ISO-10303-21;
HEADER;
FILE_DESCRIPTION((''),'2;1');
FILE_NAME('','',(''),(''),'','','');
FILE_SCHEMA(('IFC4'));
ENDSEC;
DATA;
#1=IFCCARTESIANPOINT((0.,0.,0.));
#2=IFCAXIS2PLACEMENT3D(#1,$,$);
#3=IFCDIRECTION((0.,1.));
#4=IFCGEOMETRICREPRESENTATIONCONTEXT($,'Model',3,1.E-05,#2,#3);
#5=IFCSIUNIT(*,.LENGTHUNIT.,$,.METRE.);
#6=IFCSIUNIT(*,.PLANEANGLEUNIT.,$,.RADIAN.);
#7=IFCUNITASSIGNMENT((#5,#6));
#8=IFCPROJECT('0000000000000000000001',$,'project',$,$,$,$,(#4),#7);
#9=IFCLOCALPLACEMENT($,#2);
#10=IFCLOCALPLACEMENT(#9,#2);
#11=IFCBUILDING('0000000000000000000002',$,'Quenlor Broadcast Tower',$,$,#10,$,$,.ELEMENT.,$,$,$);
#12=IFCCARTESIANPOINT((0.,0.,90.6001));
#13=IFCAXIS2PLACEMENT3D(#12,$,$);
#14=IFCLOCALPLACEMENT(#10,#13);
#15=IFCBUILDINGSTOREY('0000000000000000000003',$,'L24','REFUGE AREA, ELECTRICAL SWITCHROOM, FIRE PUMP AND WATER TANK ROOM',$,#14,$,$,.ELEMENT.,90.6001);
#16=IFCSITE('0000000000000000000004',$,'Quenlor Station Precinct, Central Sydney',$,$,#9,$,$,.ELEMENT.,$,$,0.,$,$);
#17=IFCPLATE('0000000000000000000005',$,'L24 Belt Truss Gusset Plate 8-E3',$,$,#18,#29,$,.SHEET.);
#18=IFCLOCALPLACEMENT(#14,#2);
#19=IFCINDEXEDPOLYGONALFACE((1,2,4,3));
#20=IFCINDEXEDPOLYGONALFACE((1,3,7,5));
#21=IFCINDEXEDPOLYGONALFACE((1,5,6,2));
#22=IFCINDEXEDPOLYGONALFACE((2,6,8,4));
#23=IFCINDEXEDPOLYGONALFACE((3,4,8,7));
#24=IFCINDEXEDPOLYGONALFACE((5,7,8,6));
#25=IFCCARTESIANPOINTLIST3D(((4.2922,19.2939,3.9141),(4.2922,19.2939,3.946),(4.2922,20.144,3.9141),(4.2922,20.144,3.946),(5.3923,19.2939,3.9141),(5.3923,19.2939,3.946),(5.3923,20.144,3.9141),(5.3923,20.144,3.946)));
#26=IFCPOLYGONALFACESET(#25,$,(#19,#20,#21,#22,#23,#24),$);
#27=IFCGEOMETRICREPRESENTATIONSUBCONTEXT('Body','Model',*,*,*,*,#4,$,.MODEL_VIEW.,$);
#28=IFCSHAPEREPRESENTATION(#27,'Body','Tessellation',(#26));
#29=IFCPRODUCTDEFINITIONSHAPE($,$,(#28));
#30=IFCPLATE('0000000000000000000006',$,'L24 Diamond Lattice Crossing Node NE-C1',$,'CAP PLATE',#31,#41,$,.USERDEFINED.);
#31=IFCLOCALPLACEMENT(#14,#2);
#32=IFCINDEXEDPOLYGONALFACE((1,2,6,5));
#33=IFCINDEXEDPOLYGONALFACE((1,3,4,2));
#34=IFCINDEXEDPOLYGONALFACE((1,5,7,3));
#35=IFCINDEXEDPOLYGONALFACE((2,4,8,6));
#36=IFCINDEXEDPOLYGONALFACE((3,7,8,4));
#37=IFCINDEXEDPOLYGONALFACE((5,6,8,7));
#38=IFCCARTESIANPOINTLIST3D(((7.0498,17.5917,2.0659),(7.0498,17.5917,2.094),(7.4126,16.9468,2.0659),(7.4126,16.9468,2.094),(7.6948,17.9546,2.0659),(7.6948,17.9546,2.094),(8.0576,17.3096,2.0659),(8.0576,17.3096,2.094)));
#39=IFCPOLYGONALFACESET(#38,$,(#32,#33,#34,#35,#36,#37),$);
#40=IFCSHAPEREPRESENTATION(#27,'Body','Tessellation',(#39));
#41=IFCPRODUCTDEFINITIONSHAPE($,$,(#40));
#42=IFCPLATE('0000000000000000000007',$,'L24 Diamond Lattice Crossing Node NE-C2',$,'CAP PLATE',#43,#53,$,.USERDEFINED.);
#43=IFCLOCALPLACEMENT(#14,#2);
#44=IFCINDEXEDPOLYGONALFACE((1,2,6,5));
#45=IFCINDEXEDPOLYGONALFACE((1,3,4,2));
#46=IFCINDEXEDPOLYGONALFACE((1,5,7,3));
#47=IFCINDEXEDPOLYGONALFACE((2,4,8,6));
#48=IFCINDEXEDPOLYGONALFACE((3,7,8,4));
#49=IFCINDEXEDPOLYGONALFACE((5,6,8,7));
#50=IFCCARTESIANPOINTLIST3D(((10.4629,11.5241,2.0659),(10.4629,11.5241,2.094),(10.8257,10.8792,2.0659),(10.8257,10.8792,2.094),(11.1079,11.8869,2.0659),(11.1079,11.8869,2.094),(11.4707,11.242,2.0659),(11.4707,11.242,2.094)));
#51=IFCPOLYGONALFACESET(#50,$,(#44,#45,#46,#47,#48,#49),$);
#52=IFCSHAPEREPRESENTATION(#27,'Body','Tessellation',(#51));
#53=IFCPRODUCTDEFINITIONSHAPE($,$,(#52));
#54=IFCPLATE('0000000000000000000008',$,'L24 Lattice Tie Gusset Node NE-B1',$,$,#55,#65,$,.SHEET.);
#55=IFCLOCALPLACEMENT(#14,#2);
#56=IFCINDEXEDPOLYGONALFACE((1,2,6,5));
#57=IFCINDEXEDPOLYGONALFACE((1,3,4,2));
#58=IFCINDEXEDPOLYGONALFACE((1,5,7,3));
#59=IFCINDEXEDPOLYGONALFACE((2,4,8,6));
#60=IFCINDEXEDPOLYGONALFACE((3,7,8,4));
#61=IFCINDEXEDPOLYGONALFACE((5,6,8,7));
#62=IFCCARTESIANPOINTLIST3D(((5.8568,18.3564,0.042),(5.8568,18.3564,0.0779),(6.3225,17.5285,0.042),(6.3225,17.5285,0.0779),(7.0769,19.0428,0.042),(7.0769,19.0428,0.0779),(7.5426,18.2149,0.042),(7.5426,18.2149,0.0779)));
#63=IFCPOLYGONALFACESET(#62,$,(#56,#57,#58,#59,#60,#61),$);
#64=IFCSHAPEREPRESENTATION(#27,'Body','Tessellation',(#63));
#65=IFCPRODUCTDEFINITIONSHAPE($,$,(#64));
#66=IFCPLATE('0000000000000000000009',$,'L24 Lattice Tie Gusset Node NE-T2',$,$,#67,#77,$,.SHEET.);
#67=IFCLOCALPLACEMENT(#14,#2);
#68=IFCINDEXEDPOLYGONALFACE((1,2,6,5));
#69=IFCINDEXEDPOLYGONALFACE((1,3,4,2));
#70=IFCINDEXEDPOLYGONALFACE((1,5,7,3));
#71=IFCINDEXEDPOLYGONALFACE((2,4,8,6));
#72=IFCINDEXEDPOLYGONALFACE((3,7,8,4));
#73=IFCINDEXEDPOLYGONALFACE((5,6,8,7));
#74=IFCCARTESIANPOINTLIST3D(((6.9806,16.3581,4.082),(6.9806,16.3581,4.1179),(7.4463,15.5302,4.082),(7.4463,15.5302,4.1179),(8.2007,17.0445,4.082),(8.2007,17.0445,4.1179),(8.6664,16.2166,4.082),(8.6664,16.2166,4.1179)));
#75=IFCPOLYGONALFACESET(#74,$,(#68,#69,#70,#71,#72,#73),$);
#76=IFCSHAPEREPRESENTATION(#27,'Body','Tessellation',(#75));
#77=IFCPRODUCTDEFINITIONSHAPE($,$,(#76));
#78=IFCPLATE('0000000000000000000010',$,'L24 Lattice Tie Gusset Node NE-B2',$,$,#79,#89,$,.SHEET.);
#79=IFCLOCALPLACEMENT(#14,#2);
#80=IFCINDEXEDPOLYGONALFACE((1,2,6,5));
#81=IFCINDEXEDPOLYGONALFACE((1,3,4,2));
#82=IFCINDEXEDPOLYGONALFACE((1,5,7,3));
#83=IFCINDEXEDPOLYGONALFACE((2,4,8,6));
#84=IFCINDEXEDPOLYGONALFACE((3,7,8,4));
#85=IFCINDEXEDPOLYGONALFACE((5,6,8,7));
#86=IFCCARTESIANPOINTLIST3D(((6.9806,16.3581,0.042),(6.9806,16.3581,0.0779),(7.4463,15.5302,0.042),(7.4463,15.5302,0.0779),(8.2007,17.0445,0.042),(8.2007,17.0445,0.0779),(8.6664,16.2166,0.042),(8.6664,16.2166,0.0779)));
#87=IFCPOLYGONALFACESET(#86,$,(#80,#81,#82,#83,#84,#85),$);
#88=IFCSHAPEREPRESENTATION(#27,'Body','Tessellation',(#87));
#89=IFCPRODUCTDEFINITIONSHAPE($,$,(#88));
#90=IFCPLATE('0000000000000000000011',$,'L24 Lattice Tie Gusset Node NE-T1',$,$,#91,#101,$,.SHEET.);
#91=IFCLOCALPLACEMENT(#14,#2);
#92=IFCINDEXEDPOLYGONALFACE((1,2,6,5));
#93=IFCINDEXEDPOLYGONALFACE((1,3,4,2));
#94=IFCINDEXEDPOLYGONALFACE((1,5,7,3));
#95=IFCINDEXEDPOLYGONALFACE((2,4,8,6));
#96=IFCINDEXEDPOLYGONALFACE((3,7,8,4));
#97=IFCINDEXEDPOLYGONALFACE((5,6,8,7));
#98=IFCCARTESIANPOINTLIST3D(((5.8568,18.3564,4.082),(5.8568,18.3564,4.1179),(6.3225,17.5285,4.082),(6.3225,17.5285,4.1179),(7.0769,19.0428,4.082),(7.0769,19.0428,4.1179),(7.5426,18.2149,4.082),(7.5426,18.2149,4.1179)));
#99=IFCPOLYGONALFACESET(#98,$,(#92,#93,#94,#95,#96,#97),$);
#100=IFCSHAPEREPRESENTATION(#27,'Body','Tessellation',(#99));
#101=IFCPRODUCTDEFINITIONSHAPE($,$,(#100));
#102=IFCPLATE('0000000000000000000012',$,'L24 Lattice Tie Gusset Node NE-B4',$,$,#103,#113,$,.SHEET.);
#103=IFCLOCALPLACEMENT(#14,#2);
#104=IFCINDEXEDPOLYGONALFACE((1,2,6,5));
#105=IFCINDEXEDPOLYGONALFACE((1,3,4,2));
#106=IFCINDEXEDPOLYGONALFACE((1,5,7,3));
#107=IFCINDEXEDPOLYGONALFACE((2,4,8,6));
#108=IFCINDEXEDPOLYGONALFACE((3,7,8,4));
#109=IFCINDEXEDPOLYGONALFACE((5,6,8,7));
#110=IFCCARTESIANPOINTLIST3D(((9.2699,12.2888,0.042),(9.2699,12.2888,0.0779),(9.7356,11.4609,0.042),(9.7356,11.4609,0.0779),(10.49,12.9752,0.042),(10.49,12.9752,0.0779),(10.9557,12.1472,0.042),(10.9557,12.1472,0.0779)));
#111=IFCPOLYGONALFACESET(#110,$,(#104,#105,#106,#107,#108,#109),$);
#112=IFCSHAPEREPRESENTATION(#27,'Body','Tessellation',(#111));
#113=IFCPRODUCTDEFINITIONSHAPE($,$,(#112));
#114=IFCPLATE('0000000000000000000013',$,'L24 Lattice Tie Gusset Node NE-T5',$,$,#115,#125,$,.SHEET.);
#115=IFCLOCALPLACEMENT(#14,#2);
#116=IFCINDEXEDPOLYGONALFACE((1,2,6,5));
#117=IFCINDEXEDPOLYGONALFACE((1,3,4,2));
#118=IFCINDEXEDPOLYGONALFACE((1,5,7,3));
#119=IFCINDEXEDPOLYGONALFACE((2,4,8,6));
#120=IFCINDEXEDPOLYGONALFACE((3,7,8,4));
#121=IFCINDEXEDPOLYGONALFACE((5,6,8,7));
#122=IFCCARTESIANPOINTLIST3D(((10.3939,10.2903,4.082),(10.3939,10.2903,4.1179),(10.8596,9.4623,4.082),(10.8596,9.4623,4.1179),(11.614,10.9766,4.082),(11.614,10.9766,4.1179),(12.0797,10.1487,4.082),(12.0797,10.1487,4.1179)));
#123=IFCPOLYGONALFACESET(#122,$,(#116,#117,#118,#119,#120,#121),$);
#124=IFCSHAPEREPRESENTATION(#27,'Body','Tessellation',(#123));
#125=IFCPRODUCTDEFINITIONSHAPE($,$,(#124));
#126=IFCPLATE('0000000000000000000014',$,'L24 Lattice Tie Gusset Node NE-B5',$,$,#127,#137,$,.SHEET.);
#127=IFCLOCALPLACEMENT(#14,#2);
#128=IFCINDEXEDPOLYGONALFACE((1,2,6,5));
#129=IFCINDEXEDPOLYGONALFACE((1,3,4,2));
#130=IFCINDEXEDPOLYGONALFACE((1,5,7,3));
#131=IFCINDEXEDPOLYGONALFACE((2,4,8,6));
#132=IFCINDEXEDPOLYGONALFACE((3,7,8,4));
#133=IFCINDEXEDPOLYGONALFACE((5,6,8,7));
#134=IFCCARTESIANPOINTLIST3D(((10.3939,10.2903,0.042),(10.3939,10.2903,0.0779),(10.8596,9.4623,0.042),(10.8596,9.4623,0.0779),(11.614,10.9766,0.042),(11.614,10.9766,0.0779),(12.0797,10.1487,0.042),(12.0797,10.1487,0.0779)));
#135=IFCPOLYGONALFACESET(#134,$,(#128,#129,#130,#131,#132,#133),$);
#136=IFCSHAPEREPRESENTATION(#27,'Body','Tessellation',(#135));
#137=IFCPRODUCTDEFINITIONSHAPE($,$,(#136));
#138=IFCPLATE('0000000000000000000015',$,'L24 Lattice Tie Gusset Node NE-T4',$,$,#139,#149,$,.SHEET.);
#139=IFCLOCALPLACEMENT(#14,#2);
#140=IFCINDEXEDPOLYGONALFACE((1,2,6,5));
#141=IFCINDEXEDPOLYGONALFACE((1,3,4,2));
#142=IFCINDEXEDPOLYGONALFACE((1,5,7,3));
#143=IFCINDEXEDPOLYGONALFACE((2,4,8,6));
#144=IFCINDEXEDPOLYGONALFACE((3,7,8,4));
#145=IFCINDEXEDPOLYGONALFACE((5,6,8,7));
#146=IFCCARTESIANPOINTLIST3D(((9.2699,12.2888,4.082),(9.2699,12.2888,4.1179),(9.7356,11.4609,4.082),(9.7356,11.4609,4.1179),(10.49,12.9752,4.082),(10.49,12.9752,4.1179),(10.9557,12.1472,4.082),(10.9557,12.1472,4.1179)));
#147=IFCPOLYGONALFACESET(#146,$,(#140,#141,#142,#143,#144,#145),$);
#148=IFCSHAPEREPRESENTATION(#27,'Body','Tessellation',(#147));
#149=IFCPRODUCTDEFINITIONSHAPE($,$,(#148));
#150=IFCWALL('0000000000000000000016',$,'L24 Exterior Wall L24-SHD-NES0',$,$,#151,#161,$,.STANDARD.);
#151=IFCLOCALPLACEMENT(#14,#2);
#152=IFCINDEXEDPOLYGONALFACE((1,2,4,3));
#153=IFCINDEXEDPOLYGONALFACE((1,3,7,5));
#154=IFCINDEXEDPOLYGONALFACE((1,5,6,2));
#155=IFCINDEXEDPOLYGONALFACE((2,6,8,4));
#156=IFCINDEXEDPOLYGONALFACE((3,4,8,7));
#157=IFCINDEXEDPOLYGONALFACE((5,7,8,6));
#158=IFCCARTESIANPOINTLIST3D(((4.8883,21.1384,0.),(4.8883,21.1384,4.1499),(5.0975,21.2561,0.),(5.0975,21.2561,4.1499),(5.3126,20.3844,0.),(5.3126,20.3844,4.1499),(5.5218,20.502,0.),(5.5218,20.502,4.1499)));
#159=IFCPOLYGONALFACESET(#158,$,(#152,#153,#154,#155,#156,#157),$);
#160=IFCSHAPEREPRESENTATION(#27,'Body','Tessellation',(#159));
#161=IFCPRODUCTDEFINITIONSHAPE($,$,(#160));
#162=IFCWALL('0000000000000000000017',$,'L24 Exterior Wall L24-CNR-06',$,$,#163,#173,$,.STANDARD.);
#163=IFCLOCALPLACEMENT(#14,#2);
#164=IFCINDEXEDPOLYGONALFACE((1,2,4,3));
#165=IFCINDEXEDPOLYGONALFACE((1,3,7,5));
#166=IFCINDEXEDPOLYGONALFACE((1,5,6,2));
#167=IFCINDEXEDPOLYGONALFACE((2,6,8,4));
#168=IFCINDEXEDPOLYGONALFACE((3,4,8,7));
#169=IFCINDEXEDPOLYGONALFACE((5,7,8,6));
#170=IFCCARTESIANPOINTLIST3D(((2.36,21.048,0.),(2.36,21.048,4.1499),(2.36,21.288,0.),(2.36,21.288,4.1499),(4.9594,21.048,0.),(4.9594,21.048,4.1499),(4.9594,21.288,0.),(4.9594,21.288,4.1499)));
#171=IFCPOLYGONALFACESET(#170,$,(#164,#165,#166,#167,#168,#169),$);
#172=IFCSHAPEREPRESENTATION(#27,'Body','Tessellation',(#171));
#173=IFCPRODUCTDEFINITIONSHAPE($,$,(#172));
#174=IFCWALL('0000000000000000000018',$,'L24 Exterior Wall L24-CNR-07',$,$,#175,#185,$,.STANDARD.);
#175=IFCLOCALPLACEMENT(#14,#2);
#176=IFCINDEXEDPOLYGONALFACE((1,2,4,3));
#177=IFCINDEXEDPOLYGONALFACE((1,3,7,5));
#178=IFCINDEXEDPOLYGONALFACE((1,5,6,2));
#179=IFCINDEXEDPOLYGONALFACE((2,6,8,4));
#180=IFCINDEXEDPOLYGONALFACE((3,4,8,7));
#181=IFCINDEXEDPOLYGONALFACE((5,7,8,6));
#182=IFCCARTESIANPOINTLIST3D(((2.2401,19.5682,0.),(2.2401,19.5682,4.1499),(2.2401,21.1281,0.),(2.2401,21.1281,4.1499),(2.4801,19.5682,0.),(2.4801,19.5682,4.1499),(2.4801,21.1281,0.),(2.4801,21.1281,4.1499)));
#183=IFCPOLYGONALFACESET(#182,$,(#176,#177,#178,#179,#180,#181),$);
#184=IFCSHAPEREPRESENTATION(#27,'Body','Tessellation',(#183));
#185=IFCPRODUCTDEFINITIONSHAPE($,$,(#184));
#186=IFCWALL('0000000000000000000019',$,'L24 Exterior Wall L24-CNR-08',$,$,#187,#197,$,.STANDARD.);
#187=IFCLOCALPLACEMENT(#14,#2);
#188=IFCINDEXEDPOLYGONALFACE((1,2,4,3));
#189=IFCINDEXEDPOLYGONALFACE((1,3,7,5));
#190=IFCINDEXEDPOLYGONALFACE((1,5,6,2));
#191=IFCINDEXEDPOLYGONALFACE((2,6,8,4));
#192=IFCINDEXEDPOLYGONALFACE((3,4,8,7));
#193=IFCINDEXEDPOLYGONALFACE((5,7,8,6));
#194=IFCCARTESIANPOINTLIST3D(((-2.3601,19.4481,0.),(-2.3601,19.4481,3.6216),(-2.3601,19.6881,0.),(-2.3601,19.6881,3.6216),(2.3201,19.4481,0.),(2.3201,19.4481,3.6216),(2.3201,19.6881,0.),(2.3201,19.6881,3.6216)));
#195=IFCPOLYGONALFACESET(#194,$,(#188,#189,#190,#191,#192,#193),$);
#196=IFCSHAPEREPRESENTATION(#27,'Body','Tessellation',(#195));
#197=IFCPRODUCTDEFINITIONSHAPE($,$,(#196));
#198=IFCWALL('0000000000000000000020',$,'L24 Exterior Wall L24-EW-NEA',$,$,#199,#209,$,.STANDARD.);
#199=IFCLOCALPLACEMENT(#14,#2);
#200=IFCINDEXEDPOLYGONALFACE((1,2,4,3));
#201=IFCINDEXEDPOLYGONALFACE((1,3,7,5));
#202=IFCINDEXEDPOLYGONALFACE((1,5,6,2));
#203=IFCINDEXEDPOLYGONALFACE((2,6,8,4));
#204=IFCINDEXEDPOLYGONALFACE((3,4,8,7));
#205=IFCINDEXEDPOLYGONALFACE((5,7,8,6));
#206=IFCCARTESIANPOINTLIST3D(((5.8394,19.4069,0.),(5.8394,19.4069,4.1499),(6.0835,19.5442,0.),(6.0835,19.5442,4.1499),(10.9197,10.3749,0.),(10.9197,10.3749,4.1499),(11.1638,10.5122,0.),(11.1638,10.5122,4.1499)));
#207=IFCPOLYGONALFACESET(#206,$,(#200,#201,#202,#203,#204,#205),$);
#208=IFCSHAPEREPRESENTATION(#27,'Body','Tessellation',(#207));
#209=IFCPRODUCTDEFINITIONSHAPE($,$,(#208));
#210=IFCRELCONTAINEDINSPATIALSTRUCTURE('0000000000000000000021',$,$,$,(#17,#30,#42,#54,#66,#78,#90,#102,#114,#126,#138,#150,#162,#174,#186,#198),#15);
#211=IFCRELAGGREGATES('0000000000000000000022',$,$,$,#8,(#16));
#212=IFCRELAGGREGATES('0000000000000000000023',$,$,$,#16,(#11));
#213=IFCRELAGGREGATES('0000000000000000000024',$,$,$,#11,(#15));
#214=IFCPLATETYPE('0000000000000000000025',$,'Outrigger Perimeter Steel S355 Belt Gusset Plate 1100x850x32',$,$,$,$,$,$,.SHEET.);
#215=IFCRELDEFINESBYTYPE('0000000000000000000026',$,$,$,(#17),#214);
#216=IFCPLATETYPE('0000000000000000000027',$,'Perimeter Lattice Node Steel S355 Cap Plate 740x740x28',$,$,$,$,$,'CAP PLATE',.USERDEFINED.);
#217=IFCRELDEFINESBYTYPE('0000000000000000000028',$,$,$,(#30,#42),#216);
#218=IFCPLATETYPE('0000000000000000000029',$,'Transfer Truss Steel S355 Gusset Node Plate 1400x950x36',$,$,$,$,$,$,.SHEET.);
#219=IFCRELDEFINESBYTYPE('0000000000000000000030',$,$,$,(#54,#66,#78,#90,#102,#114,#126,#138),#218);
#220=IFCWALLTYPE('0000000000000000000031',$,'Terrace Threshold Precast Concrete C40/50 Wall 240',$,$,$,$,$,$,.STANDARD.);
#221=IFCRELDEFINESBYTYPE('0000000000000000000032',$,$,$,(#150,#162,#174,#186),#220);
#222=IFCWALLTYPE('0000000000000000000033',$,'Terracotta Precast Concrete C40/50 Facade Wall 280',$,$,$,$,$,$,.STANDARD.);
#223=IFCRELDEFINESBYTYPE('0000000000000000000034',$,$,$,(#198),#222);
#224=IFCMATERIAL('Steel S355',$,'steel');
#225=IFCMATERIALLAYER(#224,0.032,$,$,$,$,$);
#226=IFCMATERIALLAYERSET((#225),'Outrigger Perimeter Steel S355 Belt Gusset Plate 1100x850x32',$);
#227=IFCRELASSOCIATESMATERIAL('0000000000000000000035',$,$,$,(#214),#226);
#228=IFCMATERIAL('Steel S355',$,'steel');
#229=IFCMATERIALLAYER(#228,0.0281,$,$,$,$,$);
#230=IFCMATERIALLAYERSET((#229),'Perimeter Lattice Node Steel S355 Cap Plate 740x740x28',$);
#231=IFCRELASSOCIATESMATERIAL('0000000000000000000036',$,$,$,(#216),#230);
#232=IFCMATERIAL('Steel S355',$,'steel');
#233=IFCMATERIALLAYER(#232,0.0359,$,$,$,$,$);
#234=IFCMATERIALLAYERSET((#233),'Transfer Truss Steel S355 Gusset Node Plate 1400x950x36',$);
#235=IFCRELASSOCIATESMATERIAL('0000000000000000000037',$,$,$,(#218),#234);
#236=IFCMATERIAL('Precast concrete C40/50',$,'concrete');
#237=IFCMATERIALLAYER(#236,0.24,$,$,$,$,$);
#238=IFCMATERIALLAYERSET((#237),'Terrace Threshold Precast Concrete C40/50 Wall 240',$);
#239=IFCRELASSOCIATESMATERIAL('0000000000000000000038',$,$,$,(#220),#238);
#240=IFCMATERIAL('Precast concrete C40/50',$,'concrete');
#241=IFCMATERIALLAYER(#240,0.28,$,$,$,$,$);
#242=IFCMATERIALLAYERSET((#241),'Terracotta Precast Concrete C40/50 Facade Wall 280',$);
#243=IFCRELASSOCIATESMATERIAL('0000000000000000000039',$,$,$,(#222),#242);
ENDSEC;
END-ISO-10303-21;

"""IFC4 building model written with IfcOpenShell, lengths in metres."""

from ifc_helpers import new_model, si_unit, direction, frame, frame_2d, origin, origin_2d, place, context, subcontext, project, spatial, rectangle, extrude, material, layer, layer_set, type_object, element, save


model = new_model("IFC4")

# Units and contexts
model_context = context("Model", 3, precision=1e-05, world=origin(), true_north=direction((0.0, 1.0)))
body_context = subcontext(model_context, "Body", "Model", "MODEL_VIEW")
ifc_project = project(units=[si_unit("LENGTHUNIT", "METRE"), si_unit("PLANEANGLEUNIT", "RADIAN")], contexts=[model_context])

# Site, building, storey
site_placement = place(None, origin())
site = spatial("IfcSite", under=ifc_project, at=site_placement, Name="Quenlor Station Precinct, Central Sydney", CompositionType="ELEMENT", RefElevation=0.0)
building_placement = place(site_placement, origin())
building = spatial("IfcBuilding", under=site, at=building_placement, Name="Quenlor Broadcast Tower", CompositionType="ELEMENT")
storey_placement = place(building_placement, frame((0.0, 0.0, 90.6001)))
storey = spatial("IfcBuildingStorey", under=building, at=storey_placement, Name="L24", Description="REFUGE AREA, ELECTRICAL SWITCHROOM, FIRE PUMP AND WATER TANK ROOM", CompositionType="ELEMENT", Elevation=90.6001)

# Plates
ifc_material_1 = material(Name="Steel S355", Category="steel")
ifc_layer_1 = layer(ifc_material_1, 0.032)
ifc_layer_set_1 = layer_set([ifc_layer_1], Name="Outrigger Perimeter Steel S355 Belt Gusset Plate 1100x850x32")
plate_type_1 = type_object("IfcPlateType", Name="Outrigger Perimeter Steel S355 Belt Gusset Plate 1100x850x32", PredefinedType="SHEET", material=ifc_layer_set_1)
for number, where, z_axis, x_axis, name in (
    (1, (4.8423, 19.719, 3.9141), (0.0, 0.0, 1.0), (1.0, 0.0, 0.0), "L24 Belt Truss Gusset Plate 8-E3"),
):
    element("IfcPlate", number, at=place(storey_placement, frame(where, z_axis=z_axis, x_axis=x_axis)), inside=storey, type_object=plate_type_1, Name=name, PredefinedType="SHEET", context=body_context, shape_type="SweptSolid", body=[
        extrude(rectangle(XDim=1.1001, YDim=0.8501, at=origin_2d()), origin(), (0.0, 0.0, 1.0), 0.032),
    ])
ifc_material_2 = material(Name="Steel S355", Category="steel")
ifc_layer_2 = layer(ifc_material_2, 0.0281)
ifc_layer_set_2 = layer_set([ifc_layer_2], Name="Perimeter Lattice Node Steel S355 Cap Plate 740x740x28")
plate_type_2 = type_object("IfcPlateType", Name="Perimeter Lattice Node Steel S355 Cap Plate 740x740x28", ElementType="CAP PLATE", PredefinedType="USERDEFINED", material=ifc_layer_set_2)
for number, where, z_axis, x_axis, name in (
    (2, (7.5537, 17.4507, 2.0659), (0.0, 0.0, 1.0), (0.490295, -0.871556, 0.0), "L24 Diamond Lattice Crossing Node NE-C1"),
    (3, (10.9668, 11.3831, 2.0659), (0.0, 0.0, 1.0), (0.490295, -0.871556, 0.0), "L24 Diamond Lattice Crossing Node NE-C2"),
):
    element("IfcPlate", number, at=place(storey_placement, frame(where, z_axis=z_axis, x_axis=x_axis)), inside=storey, type_object=plate_type_2, Name=name, ObjectType="CAP PLATE", PredefinedType="USERDEFINED", context=body_context, shape_type="SweptSolid", body=[
        extrude(rectangle(XDim=0.74, YDim=0.74, at=origin_2d()), origin(), (0.0, 0.0, 1.0), 0.0281),
    ])
ifc_material_3 = material(Name="Steel S355", Category="steel")
ifc_layer_3 = layer(ifc_material_3, 0.0359)
ifc_layer_set_3 = layer_set([ifc_layer_3], Name="Transfer Truss Steel S355 Gusset Node Plate 1400x950x36")
plate_type_3 = type_object("IfcPlateType", Name="Transfer Truss Steel S355 Gusset Node Plate 1400x950x36", PredefinedType="SHEET", material=ifc_layer_set_3)
for number, where, z_axis, x_axis, name in (
    (4, (6.6997, 18.2856, 0.042), (0.0, 0.0, 1.0), (0.871556, 0.490295, 0.0), "L24 Lattice Tie Gusset Node NE-B1"),
    (5, (7.8235, 16.2874, 4.082), (0.0, 0.0, 1.0), (0.871556, 0.490295, 0.0), "L24 Lattice Tie Gusset Node NE-T2"),
    (6, (7.8235, 16.2874, 0.042), (0.0, 0.0, 1.0), (0.871556, 0.490295, 0.0), "L24 Lattice Tie Gusset Node NE-B2"),
    (7, (6.6997, 18.2856, 4.082), (0.0, 0.0, 1.0), (0.871556, 0.490295, 0.0), "L24 Lattice Tie Gusset Node NE-T1"),
    (8, (10.1128, 12.218, 0.042), (0.0, 0.0, 1.0), (0.871556, 0.490295, 0.0), "L24 Lattice Tie Gusset Node NE-B4"),
    (9, (11.2368, 10.2195, 4.082), (0.0, 0.0, 1.0), (0.871556, 0.490295, 0.0), "L24 Lattice Tie Gusset Node NE-T5"),
    (10, (11.2368, 10.2195, 0.042), (0.0, 0.0, 1.0), (0.871556, 0.490295, 0.0), "L24 Lattice Tie Gusset Node NE-B5"),
    (11, (10.1128, 12.218, 4.082), (0.0, 0.0, 1.0), (0.871556, 0.490295, 0.0), "L24 Lattice Tie Gusset Node NE-T4"),
):
    element("IfcPlate", number, at=place(storey_placement, frame(where, z_axis=z_axis, x_axis=x_axis)), inside=storey, type_object=plate_type_3, Name=name, PredefinedType="SHEET", context=body_context, shape_type="SweptSolid", body=[
        extrude(rectangle(XDim=1.3999, YDim=0.95, at=origin_2d()), origin(), (0.0, 0.0, 1.0), 0.0359),
    ])

# Walls
ifc_material_4 = material(Name="Precast concrete C40/50", Category="concrete")
ifc_layer_4 = layer(ifc_material_4, 0.24)
ifc_layer_set_4 = layer_set([ifc_layer_4], Name="Terrace Threshold Precast Concrete C40/50 Wall 240")
wall_type_1 = type_object("IfcWallType", Name="Terrace Threshold Precast Concrete C40/50 Wall 240", PredefinedType="STANDARD", material=ifc_layer_set_4)
wall_1_placement = place(storey_placement, frame((4.9929, 21.1973, 0.0), z_axis=(0.0, 0.0, 1.0), x_axis=(0.490355, -0.871523, 0.0)))
element("IfcWall", 12, at=wall_1_placement, inside=storey, type_object=wall_type_1, Name="L24 Exterior Wall L24-SHD-NES0", PredefinedType="STANDARD", context=body_context, shape_type="SweptSolid", body=[
    extrude(rectangle(XDim=0.8652, YDim=0.24, at=frame_2d((0.4326, 0.0))), origin(), (0.0, 0.0, 1.0), 4.1499),
])
wall_2_placement = place(storey_placement, frame((4.9595, 21.168, 0.0), z_axis=(0.0, 0.0, 1.0), x_axis=(-1.0, 0.0, 0.0)))
element("IfcWall", 13, at=wall_2_placement, inside=storey, type_object=wall_type_1, Name="L24 Exterior Wall L24-CNR-06", PredefinedType="STANDARD", context=body_context, shape_type="SweptSolid", body=[
    extrude(rectangle(XDim=2.5994, YDim=0.24, at=frame_2d((1.2998, 0.0))), origin(), (0.0, 0.0, 1.0), 4.1499),
])
wall_3_placement = place(storey_placement, frame((2.3601, 21.1279, 0.0), z_axis=(0.0, 0.0, 1.0), x_axis=(0.0, -1.0, 0.0)))
element("IfcWall", 14, at=wall_3_placement, inside=storey, type_object=wall_type_1, Name="L24 Exterior Wall L24-CNR-07", PredefinedType="STANDARD", context=body_context, shape_type="SweptSolid", body=[
    extrude(rectangle(XDim=1.5598, YDim=0.24, at=frame_2d((0.7798, 0.0))), origin(), (0.0, 0.0, 1.0), 4.1499),
])
wall_4_placement = place(storey_placement, frame((2.3201, 19.5681, 0.0), z_axis=(0.0, 0.0, 1.0), x_axis=(-1.0, 0.0, 0.0)))
element("IfcWall", 15, at=wall_4_placement, inside=storey, type_object=wall_type_1, Name="L24 Exterior Wall L24-CNR-08", PredefinedType="STANDARD", context=body_context, shape_type="SweptSolid", body=[
    extrude(rectangle(XDim=4.6802, YDim=0.24, at=frame_2d((2.3401, 0.0))), origin(), (0.0, 0.0, 1.0), 3.6216),
])
ifc_material_5 = material(Name="Precast concrete C40/50", Category="concrete")
ifc_layer_5 = layer(ifc_material_5, 0.28)
ifc_layer_set_5 = layer_set([ifc_layer_5], Name="Terracotta Precast Concrete C40/50 Facade Wall 280")
wall_type_2 = type_object("IfcWallType", Name="Terracotta Precast Concrete C40/50 Facade Wall 280", PredefinedType="STANDARD", material=ifc_layer_set_5)
wall_5_placement = place(storey_placement, frame((5.9614, 19.4756, 0.0), z_axis=(0.0, 0.0, 1.0), x_axis=(0.490249, -0.871582, 0.0)))
element("IfcWall", 16, at=wall_5_placement, inside=storey, type_object=wall_type_2, Name="L24 Exterior Wall L24-EW-NEA", PredefinedType="STANDARD", context=body_context, shape_type="SweptSolid", body=[
    extrude(rectangle(XDim=10.3628, YDim=0.28, at=frame_2d((5.1814, 0.0))), origin(), (0.0, 0.0, 1.0), 4.1499),
])

save(model, "model.ifc")
